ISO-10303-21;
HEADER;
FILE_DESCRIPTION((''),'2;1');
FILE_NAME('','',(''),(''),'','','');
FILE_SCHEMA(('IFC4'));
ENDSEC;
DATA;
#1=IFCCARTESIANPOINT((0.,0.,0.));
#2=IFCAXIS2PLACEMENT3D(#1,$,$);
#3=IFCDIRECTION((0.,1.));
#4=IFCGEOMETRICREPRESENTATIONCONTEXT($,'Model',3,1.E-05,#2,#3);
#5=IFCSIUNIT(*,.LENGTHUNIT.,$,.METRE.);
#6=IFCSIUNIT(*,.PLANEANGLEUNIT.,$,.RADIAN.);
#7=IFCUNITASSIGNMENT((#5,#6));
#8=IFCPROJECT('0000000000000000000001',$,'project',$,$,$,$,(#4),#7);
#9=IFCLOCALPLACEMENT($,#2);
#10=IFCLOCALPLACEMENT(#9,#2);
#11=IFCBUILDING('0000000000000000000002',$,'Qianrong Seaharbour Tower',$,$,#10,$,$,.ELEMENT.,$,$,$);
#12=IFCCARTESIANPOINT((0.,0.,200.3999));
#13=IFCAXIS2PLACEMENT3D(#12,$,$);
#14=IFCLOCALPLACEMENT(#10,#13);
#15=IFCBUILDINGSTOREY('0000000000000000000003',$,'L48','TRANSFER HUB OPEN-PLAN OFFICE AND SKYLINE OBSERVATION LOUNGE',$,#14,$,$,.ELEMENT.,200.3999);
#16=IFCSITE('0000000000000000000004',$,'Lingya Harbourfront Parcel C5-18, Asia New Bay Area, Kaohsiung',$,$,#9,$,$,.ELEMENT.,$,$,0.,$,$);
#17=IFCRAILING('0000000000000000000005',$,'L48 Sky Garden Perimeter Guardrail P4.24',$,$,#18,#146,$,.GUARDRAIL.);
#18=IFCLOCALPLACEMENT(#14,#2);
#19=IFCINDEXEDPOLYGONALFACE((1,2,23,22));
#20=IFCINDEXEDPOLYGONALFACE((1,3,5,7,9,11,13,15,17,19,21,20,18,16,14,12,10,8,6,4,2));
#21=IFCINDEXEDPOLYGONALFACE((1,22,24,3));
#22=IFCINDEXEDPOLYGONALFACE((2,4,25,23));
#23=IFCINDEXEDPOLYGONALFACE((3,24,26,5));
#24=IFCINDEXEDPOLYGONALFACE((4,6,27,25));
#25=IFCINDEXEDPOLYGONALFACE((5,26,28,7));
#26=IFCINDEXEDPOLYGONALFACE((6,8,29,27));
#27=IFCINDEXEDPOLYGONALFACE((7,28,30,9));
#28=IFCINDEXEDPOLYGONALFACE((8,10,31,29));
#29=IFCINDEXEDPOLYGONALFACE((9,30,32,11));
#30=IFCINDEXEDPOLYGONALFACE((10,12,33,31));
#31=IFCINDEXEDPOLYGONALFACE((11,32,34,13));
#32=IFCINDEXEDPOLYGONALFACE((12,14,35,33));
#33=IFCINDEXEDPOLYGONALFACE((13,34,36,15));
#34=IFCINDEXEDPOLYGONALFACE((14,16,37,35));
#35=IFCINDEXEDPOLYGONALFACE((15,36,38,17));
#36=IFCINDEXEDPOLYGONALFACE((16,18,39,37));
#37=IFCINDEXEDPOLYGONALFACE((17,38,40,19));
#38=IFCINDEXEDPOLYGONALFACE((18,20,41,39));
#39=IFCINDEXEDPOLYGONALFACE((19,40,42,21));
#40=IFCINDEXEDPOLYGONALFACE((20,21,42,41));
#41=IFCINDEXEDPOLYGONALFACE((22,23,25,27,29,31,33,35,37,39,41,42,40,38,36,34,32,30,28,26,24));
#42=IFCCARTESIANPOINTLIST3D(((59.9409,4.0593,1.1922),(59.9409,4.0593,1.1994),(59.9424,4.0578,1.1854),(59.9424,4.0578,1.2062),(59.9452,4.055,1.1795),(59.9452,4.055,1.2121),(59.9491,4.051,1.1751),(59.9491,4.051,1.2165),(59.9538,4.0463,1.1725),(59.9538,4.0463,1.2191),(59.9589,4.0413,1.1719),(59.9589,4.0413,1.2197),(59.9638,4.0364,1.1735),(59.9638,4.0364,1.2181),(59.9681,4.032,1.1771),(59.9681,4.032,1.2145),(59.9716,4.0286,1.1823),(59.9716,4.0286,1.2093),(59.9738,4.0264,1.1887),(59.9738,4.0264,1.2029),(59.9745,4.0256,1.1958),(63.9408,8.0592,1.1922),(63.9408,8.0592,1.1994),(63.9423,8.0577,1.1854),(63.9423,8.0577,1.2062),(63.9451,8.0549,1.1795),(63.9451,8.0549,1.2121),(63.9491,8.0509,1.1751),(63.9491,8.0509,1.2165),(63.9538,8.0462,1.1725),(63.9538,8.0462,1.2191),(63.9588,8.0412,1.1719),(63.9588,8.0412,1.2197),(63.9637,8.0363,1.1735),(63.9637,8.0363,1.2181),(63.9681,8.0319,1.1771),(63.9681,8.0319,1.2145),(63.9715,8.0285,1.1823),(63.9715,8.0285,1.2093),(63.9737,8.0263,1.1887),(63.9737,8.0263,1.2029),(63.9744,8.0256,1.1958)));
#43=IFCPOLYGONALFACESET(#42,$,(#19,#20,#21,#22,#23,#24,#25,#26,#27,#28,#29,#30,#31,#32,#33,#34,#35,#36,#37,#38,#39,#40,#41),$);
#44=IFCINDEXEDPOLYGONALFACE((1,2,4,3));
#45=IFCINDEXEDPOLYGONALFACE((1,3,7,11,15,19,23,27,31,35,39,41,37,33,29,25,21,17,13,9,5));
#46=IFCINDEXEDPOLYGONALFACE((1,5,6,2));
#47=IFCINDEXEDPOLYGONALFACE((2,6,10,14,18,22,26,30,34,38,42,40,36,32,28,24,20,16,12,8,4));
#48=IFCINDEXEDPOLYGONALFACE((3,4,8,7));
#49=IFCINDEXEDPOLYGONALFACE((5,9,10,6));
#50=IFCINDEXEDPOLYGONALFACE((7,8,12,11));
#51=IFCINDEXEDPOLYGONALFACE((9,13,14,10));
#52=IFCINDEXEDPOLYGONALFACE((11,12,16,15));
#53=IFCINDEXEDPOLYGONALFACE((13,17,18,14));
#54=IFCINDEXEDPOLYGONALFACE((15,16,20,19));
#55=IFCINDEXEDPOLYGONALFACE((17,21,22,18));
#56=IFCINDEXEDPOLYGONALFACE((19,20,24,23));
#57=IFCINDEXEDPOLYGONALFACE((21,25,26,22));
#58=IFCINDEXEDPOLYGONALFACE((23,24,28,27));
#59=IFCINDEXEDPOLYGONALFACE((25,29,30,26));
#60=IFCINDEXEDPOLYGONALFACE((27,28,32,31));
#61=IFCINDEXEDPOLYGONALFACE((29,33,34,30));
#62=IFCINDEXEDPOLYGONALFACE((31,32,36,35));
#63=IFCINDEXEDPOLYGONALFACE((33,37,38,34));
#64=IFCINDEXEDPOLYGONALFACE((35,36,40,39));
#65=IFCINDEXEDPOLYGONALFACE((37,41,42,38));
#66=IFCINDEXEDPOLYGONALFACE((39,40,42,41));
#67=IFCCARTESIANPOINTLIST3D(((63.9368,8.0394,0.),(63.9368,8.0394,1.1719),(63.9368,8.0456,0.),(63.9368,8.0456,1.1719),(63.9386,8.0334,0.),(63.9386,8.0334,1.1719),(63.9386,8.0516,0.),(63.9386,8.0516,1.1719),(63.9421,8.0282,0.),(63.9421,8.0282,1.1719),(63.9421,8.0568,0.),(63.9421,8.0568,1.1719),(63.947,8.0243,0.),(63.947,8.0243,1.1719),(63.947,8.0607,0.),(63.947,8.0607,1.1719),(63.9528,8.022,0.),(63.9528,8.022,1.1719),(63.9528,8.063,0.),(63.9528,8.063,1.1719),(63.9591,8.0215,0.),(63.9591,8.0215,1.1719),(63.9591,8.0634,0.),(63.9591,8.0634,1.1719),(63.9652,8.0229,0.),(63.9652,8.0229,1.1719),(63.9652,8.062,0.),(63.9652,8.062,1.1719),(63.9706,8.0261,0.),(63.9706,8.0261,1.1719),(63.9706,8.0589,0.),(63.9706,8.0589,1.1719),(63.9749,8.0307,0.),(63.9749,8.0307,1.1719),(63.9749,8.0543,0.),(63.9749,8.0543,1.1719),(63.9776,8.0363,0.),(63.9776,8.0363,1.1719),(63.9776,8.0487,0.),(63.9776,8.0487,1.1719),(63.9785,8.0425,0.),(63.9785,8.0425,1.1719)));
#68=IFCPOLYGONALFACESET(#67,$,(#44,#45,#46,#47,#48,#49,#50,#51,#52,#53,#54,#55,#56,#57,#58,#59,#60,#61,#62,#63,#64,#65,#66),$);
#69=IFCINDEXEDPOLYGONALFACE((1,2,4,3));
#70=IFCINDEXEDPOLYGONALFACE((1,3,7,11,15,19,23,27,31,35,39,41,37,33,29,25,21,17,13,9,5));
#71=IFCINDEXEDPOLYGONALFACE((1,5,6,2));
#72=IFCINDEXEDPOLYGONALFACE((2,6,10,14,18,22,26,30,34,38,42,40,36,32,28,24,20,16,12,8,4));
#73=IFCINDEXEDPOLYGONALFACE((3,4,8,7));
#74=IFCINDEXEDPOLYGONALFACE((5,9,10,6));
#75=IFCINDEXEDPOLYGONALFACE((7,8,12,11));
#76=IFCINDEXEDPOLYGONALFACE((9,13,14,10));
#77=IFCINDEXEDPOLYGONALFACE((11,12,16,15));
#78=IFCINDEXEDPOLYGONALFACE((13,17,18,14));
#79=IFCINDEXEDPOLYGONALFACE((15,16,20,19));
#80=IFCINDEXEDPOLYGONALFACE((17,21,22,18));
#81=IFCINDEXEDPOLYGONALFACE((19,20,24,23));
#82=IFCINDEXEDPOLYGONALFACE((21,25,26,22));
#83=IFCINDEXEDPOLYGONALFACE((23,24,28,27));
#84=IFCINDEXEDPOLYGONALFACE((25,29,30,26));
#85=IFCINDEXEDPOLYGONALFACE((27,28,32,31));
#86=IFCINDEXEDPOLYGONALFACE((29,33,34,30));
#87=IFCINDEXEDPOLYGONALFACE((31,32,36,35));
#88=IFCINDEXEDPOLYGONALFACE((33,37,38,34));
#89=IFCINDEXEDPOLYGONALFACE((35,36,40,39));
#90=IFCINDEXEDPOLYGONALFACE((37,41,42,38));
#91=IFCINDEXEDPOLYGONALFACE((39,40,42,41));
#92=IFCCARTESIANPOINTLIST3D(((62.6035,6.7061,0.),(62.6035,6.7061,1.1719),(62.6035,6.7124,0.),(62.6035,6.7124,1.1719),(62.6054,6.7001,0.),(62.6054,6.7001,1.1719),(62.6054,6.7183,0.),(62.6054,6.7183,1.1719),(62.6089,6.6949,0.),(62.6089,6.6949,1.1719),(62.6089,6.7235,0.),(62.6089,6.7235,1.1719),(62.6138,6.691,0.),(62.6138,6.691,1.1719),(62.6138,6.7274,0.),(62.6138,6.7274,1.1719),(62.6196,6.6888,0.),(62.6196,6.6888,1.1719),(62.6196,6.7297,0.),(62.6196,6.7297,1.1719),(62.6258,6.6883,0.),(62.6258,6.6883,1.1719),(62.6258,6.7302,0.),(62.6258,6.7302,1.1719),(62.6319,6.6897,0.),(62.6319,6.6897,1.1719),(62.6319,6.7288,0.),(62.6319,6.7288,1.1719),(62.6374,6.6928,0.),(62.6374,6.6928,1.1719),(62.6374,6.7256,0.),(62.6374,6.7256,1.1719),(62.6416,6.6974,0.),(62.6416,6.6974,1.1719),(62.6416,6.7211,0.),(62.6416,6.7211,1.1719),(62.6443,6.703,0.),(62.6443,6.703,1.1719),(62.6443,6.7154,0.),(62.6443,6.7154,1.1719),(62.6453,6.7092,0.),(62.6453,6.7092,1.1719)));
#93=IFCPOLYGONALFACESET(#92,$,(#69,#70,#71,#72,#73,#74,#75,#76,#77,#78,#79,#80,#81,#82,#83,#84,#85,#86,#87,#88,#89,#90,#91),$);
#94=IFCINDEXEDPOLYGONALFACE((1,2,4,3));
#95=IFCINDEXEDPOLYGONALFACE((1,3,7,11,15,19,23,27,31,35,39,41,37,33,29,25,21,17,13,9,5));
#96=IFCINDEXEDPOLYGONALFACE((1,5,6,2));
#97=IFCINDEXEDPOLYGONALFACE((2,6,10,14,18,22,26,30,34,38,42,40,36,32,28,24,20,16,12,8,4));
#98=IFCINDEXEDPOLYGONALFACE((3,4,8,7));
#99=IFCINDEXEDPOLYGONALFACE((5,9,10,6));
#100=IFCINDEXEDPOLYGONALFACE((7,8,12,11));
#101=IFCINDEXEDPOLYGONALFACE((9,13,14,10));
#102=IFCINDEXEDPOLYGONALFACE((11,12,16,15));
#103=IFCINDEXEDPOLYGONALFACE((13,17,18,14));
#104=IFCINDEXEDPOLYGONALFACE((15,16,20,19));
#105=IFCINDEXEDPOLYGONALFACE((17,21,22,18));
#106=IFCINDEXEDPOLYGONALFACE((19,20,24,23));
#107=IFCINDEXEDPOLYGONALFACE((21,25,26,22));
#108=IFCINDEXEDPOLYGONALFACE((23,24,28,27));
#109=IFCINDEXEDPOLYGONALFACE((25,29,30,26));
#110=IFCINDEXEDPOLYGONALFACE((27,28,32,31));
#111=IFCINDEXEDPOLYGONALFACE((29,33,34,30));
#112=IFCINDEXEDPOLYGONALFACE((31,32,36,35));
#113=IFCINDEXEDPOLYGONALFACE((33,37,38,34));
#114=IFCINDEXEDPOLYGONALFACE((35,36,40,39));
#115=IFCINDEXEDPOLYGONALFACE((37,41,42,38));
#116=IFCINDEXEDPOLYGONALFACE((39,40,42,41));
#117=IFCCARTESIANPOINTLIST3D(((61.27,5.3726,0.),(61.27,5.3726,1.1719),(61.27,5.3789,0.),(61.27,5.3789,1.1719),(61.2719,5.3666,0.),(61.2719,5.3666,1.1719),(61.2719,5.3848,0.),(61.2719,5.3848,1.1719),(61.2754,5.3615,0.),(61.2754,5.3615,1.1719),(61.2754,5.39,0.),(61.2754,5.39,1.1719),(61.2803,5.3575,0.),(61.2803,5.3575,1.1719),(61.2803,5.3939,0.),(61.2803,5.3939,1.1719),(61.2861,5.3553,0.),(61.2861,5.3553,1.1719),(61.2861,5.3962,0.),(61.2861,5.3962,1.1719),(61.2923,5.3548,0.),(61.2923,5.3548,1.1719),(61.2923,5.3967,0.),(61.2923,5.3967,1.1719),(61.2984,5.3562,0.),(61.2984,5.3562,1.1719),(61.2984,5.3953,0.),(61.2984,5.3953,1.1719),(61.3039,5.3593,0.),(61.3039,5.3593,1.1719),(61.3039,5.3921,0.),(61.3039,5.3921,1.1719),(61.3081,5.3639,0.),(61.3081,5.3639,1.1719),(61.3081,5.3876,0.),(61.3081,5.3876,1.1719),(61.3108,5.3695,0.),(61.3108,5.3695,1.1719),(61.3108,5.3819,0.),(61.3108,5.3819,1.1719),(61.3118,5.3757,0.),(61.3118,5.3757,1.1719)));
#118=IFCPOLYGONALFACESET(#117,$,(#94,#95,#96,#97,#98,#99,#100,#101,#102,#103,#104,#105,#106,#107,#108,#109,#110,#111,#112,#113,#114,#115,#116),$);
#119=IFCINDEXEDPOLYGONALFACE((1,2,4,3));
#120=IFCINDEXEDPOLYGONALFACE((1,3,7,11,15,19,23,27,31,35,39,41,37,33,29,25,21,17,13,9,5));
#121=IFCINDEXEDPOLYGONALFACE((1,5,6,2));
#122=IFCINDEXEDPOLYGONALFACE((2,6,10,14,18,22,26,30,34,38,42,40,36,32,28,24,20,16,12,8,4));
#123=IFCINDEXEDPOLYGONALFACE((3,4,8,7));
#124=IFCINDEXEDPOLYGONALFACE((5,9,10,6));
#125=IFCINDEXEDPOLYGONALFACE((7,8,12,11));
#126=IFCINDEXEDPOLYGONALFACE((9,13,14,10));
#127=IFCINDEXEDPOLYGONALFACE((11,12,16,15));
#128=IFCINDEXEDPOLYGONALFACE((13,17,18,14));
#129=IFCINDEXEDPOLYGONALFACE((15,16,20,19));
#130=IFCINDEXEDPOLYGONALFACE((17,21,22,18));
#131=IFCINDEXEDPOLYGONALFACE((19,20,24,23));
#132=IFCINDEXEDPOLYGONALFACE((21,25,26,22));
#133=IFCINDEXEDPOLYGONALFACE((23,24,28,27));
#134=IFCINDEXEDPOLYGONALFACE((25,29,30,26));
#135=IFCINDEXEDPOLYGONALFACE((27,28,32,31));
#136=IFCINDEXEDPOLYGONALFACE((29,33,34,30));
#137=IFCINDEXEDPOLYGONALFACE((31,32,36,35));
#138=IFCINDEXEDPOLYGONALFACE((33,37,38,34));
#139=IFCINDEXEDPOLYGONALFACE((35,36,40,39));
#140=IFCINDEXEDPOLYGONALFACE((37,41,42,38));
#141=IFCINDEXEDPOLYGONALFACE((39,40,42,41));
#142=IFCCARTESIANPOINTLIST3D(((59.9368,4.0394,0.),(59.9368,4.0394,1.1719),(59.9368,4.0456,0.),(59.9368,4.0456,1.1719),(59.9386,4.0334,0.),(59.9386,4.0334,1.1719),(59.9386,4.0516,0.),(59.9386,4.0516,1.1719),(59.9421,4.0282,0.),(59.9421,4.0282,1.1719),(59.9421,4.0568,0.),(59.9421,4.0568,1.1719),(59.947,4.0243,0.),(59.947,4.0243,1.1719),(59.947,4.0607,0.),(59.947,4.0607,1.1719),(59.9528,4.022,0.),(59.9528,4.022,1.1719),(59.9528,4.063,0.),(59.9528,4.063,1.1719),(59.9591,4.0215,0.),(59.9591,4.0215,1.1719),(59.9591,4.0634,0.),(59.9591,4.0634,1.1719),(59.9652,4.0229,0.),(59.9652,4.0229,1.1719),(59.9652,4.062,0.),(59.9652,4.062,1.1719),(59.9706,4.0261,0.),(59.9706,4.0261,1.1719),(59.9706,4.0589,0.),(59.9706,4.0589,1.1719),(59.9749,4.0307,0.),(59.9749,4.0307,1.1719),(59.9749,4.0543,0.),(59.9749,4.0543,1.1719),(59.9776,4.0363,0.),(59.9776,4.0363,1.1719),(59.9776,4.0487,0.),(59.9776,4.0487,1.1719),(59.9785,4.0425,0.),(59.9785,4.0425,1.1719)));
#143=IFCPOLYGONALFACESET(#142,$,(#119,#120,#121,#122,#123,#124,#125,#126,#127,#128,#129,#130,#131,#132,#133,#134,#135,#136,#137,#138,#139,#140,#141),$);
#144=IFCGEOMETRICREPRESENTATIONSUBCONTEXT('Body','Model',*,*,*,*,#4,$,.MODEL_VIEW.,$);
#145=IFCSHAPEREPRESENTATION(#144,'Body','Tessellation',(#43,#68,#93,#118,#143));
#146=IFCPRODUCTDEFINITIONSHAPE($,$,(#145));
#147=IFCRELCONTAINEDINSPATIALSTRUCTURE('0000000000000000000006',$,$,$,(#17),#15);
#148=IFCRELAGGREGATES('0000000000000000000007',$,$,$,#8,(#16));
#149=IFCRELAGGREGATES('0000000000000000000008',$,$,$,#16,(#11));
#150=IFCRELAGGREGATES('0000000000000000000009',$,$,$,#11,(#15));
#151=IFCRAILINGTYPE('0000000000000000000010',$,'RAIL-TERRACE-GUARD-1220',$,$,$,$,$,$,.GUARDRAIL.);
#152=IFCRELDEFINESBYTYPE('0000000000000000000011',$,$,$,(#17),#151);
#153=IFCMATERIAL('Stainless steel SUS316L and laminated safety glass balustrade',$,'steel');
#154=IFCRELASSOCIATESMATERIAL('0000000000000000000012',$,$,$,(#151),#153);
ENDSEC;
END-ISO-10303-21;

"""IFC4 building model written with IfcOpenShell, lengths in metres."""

from ifc_helpers import new_model, si_unit, direction, frame, origin, origin_2d, place, context, subcontext, project, spatial, circle, extrude, material, type_object, element, save


model = new_model("IFC4")

# Units and contexts
model_context = context("Model", 3, precision=1e-05, world=origin(), true_north=direction((0.0, 1.0)))
body_context = subcontext(model_context, "Body", "Model", "MODEL_VIEW")
ifc_project = project(units=[si_unit("LENGTHUNIT", "METRE"), si_unit("PLANEANGLEUNIT", "RADIAN")], contexts=[model_context])

# Site, building, storey
site_placement = place(None, origin())
site = spatial("IfcSite", under=ifc_project, at=site_placement, Name="Lingya Harbourfront Parcel C5-18, Asia New Bay Area, Kaohsiung", CompositionType="ELEMENT", RefElevation=0.0)
building_placement = place(site_placement, origin())
building = spatial("IfcBuilding", under=site, at=building_placement, Name="Qianrong Seaharbour Tower", CompositionType="ELEMENT")
storey_placement = place(building_placement, frame((0.0, 0.0, 200.3999)))
storey = spatial("IfcBuildingStorey", under=building, at=storey_placement, Name="L48", Description="TRANSFER HUB OPEN-PLAN OFFICE AND SKYLINE OBSERVATION LOUNGE", CompositionType="ELEMENT", Elevation=200.3999)

# Railing
ifc_material_1 = material(Name="Stainless steel SUS316L and laminated safety glass balustrade", Category="steel")
railing_type = type_object("IfcRailingType", Name="RAIL-TERRACE-GUARD-1220", PredefinedType="GUARDRAIL", material=ifc_material_1)
railing_1_placement = place(storey_placement, frame((63.9575, 8.0425, 0.0)))
element("IfcRailing", 1, at=railing_1_placement, inside=storey, type_object=railing_type, Name="L48 Sky Garden Perimeter Guardrail P4.24", PredefinedType="GUARDRAIL", context=body_context, shape_type="SweptSolid", body=[
    extrude(circle(Radius=0.0239, at=origin_2d()), frame((0.0, 0.0, 1.1958), z_axis=(-0.707107, -0.707107, 0.0), x_axis=(0.707107, -0.707107, 0.0)), (0.0, 0.0, 1.0), 5.6567),
    extrude(circle(Radius=0.021, at=origin_2d()), origin(), (0.0, 0.0, 1.0), 1.1719),
    extrude(circle(Radius=0.021, at=origin_2d()), frame((-1.3333, -1.3333, 0.0)), (0.0, 0.0, 1.0), 1.1719),
    extrude(circle(Radius=0.021, at=origin_2d()), frame((-2.6667, -2.6667, 0.0)), (0.0, 0.0, 1.0), 1.1719),
    extrude(circle(Radius=0.021, at=origin_2d()), frame((-4.0, -4.0, 0.0)), (0.0, 0.0, 1.0), 1.1719),
])

save(model, "model.ifc")
